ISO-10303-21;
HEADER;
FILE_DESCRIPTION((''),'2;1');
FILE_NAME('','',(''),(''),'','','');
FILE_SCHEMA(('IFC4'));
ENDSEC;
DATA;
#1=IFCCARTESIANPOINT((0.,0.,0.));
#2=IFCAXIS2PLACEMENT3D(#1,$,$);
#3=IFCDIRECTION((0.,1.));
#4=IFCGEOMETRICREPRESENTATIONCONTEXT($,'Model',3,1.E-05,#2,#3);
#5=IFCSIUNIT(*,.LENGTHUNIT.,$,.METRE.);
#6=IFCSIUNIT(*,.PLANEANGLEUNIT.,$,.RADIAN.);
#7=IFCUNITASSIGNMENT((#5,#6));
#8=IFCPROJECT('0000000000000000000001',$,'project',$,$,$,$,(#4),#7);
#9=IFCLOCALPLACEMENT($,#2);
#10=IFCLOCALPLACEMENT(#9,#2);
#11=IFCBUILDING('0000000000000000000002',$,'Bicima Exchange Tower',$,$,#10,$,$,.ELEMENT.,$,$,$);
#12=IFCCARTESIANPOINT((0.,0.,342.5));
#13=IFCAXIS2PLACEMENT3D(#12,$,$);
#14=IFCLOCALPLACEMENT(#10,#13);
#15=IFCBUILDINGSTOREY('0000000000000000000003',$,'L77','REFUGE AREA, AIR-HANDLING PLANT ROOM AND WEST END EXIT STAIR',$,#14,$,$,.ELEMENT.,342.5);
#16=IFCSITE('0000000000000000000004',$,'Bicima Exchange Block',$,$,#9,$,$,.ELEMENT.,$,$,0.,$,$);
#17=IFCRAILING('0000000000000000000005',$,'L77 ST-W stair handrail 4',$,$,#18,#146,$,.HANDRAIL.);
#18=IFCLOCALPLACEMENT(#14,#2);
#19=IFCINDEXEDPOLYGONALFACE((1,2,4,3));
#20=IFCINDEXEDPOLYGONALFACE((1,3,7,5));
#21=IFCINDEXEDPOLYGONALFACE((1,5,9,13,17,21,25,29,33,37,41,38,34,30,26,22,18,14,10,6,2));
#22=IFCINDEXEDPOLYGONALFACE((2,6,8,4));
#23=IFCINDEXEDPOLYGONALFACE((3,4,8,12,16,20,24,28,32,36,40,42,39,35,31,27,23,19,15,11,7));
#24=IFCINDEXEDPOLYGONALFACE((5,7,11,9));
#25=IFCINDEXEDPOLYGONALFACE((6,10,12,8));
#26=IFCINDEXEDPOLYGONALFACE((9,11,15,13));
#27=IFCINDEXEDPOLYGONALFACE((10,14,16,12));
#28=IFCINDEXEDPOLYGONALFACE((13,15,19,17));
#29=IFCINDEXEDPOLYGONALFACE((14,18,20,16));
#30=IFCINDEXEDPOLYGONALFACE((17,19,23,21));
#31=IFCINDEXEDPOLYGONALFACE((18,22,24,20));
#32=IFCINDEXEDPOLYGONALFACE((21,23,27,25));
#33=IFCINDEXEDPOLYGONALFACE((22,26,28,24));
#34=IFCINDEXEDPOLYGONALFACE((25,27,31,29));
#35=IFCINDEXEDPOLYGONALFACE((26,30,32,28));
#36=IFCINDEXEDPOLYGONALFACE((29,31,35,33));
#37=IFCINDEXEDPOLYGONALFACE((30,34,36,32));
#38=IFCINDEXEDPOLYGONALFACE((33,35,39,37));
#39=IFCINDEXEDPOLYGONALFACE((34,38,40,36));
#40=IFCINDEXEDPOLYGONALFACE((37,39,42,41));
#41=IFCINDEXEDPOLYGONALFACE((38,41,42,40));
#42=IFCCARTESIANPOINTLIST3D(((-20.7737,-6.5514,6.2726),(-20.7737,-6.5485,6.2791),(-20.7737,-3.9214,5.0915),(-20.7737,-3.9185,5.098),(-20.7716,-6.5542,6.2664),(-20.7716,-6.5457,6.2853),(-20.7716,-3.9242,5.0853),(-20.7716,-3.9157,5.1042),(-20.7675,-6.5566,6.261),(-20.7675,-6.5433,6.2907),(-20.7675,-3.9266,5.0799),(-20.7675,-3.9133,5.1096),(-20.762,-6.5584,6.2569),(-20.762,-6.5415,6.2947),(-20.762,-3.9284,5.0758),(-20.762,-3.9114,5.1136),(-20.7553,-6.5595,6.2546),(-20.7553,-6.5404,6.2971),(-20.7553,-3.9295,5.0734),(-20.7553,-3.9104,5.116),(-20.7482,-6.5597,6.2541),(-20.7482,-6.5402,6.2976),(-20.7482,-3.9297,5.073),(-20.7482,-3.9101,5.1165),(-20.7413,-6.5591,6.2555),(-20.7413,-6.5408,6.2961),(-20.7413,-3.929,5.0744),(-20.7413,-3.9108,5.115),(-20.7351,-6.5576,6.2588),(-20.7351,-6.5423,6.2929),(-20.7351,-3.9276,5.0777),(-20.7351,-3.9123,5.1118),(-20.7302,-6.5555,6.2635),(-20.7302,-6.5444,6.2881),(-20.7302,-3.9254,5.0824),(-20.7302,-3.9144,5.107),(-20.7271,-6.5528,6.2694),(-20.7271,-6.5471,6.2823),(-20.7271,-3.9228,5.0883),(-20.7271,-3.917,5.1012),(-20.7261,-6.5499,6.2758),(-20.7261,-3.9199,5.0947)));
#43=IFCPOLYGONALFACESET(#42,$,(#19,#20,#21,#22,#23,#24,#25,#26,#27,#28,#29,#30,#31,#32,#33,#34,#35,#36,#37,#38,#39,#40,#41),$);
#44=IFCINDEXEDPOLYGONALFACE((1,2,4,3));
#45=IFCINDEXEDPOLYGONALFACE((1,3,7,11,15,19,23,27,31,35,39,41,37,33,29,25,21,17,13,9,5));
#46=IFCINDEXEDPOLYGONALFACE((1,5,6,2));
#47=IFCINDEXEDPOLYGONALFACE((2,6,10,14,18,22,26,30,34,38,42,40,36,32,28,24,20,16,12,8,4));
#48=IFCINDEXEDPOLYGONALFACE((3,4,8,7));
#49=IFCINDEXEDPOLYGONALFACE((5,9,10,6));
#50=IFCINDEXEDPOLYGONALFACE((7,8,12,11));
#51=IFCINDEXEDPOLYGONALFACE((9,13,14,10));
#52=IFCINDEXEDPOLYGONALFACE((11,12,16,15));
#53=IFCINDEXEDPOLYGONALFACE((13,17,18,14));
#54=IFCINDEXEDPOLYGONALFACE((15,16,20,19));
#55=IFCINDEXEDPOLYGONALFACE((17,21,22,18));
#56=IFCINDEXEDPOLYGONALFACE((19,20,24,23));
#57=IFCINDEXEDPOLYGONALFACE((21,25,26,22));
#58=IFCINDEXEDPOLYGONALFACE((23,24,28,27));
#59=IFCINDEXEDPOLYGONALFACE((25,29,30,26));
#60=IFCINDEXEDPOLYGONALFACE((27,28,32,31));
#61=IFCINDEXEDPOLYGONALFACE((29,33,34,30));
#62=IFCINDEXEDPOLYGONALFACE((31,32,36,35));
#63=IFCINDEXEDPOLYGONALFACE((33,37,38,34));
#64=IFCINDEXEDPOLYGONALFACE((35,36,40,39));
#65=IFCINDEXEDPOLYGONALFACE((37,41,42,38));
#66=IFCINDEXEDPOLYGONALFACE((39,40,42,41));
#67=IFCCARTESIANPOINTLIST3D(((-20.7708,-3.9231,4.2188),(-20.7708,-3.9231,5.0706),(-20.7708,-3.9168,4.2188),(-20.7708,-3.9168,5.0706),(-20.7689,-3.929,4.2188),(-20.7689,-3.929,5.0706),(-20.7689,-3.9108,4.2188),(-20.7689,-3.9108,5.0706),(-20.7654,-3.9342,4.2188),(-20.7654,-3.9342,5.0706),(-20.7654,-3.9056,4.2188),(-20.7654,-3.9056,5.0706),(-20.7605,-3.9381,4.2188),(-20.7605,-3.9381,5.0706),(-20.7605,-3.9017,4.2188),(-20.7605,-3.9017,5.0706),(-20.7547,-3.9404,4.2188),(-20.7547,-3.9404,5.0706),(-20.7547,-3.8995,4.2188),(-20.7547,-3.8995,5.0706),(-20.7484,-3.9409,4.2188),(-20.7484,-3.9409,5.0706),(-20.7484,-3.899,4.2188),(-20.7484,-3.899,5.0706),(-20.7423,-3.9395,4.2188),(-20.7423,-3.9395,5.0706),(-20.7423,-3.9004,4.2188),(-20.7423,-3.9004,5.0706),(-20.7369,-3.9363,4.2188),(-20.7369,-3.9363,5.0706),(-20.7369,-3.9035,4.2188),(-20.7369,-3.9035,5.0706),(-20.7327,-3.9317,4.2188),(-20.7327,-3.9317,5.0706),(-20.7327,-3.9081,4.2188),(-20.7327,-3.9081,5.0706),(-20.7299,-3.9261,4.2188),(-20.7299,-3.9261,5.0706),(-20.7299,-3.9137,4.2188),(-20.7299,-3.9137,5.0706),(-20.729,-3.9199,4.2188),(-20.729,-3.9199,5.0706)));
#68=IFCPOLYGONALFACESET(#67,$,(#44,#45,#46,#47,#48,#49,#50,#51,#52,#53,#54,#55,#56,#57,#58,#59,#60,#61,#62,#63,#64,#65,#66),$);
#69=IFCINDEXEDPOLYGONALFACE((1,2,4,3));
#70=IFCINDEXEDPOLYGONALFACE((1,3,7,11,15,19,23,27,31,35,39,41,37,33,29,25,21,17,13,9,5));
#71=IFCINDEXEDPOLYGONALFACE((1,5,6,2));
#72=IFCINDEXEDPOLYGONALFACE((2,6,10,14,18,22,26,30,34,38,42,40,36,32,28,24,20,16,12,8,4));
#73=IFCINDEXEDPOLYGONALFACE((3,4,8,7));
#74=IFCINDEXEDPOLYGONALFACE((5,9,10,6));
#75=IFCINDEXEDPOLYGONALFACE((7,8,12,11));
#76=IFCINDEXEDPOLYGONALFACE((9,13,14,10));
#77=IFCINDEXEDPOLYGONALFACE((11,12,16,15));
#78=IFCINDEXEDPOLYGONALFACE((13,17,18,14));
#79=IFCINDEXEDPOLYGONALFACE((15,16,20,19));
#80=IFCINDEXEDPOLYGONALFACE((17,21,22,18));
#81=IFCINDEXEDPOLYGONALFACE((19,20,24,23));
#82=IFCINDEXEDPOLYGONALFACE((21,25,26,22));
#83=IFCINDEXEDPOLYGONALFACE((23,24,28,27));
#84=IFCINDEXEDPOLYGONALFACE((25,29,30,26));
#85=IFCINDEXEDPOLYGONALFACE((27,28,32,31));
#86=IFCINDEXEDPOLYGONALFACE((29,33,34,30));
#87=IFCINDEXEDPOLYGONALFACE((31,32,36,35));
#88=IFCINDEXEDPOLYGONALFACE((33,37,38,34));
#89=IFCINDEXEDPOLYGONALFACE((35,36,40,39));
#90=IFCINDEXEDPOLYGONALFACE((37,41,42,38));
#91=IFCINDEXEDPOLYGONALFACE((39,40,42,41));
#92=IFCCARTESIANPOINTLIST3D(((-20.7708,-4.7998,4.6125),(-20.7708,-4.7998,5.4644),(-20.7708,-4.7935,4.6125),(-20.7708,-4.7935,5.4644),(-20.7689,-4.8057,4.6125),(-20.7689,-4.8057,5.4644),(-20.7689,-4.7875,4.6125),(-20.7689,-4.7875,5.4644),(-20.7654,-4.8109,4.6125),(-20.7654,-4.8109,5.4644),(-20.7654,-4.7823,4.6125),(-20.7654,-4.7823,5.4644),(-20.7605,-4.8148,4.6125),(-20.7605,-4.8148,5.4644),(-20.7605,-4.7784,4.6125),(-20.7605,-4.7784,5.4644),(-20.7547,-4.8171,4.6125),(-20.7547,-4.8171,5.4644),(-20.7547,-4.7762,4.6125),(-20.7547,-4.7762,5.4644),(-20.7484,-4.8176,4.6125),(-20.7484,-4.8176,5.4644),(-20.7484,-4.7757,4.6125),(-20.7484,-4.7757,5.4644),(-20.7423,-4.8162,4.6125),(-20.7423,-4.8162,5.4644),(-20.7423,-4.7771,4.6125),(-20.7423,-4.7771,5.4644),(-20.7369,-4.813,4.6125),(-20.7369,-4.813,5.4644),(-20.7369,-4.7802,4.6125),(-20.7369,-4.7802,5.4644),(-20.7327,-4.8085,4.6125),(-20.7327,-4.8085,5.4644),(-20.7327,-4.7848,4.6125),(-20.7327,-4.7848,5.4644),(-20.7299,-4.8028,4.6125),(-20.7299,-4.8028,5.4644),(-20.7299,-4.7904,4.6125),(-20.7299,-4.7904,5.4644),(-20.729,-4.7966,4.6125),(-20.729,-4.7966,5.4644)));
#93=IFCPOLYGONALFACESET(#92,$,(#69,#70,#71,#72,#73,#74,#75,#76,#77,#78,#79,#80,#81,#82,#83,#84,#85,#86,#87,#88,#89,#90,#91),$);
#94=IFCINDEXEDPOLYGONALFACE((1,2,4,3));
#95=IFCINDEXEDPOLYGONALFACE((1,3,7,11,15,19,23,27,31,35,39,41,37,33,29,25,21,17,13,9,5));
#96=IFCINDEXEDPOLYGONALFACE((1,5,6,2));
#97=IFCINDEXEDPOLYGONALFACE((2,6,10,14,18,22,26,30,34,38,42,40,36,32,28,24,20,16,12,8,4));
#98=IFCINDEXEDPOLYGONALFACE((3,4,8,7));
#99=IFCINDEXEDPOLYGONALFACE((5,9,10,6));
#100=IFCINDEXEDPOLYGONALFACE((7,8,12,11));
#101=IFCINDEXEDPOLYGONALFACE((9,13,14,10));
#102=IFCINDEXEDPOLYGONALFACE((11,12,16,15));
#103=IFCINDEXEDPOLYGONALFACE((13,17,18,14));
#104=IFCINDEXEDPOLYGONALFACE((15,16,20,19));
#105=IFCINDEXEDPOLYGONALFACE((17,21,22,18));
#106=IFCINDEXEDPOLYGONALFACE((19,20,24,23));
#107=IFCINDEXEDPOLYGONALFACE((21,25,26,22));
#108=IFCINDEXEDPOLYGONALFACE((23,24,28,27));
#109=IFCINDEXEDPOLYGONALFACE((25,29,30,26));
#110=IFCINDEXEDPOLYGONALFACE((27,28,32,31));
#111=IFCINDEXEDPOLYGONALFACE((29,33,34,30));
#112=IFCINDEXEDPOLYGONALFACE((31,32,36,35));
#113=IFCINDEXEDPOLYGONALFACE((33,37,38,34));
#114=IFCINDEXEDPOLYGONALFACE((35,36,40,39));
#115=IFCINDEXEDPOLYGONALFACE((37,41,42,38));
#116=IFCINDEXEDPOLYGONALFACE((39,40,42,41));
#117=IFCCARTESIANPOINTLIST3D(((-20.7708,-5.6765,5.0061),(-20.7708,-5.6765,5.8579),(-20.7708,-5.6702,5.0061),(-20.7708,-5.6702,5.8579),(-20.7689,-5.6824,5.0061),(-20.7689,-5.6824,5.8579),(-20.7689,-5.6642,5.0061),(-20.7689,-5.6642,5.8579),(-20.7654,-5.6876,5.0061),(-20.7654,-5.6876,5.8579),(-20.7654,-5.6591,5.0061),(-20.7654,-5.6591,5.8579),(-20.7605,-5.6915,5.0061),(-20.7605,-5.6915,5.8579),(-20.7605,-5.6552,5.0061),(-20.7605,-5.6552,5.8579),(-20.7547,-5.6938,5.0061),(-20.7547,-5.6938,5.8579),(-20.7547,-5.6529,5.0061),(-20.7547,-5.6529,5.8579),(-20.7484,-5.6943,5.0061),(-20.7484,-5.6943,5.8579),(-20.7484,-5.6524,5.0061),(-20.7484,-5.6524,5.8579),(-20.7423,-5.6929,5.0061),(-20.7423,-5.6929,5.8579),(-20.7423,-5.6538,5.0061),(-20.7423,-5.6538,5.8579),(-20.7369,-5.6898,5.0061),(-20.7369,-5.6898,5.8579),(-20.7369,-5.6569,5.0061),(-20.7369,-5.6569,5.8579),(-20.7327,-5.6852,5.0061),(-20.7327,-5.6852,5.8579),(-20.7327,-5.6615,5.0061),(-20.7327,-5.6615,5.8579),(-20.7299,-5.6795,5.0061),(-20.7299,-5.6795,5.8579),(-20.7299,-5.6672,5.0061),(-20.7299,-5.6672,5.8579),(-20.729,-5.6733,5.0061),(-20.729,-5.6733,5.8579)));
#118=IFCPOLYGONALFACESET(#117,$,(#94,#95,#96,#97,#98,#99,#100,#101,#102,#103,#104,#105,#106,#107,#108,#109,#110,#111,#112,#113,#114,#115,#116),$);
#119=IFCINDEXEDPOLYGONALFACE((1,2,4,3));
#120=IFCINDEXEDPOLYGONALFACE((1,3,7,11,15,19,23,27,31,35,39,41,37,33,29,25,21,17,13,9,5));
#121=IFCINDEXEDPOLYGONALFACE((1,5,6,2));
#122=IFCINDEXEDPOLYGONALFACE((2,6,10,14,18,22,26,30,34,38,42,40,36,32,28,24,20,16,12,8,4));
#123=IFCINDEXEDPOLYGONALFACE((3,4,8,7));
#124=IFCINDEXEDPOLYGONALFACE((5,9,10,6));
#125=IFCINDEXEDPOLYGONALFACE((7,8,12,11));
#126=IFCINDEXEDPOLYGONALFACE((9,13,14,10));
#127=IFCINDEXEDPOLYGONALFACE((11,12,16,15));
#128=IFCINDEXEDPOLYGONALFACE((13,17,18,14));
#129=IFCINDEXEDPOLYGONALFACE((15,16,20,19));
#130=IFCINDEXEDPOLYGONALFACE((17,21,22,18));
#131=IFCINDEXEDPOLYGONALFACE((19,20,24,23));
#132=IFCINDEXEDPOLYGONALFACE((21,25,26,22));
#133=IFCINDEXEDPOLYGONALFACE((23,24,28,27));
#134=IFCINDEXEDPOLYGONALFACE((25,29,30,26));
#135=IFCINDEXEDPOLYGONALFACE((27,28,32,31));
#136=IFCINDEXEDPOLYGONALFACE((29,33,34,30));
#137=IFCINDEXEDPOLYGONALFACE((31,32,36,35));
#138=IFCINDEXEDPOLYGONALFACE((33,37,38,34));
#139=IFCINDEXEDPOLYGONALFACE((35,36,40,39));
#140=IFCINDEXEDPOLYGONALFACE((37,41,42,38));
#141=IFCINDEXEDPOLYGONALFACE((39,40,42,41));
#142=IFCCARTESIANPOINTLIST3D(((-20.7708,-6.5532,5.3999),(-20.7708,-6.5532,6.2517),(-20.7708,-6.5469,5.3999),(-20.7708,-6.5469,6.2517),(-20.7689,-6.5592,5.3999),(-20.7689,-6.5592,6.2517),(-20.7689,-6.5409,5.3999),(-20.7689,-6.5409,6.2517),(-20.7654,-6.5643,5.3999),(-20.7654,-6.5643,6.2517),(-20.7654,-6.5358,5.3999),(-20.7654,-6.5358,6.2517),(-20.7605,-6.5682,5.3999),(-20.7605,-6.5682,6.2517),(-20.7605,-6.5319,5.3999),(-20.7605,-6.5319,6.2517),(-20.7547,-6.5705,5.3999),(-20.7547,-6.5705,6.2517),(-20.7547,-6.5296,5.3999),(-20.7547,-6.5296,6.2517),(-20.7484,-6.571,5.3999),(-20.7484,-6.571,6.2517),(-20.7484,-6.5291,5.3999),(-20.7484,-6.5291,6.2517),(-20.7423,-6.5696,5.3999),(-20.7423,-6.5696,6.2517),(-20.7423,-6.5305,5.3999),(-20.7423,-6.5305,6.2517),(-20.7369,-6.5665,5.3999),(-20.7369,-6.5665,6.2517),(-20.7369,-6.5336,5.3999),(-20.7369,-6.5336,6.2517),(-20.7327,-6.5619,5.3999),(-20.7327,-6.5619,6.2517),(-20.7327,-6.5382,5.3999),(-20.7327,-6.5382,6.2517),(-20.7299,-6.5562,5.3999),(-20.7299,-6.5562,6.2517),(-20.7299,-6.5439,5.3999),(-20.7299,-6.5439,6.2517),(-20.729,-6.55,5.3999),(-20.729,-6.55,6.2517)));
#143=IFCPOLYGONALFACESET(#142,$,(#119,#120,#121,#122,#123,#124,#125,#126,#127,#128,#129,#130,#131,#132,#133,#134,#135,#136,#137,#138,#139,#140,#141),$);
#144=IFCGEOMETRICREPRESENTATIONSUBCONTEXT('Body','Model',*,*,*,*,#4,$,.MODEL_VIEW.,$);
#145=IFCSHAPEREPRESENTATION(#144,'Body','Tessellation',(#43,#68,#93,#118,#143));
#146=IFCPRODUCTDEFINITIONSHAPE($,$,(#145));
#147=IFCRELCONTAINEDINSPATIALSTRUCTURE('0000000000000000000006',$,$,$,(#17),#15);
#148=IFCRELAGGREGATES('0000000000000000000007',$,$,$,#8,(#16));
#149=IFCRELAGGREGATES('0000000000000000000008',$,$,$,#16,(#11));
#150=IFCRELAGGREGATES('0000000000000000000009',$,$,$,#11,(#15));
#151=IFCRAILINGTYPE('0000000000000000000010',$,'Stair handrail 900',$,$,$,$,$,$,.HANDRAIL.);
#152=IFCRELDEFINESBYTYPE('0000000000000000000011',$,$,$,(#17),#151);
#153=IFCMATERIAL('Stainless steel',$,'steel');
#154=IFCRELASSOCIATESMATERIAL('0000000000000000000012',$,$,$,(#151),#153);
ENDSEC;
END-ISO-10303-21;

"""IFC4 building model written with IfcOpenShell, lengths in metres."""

from ifc_helpers import new_model, si_unit, direction, frame, origin, origin_2d, place, context, subcontext, project, spatial, circle, extrude, material, type_object, element, save


model = new_model("IFC4")

# Units and contexts
model_context = context("Model", 3, precision=1e-05, world=origin(), true_north=direction((0.0, 1.0)))
body_context = subcontext(model_context, "Body", "Model", "MODEL_VIEW")
ifc_project = project(units=[si_unit("LENGTHUNIT", "METRE"), si_unit("PLANEANGLEUNIT", "RADIAN")], contexts=[model_context])

# Site, building, storey
site_placement = place(None, origin())
site = spatial("IfcSite", under=ifc_project, at=site_placement, Name="Bicima Exchange Block", CompositionType="ELEMENT", RefElevation=0.0)
building_placement = place(site_placement, origin())
building = spatial("IfcBuilding", under=site, at=building_placement, Name="Bicima Exchange Tower", CompositionType="ELEMENT")
storey_placement = place(building_placement, frame((0.0, 0.0, 342.5)))
storey = spatial("IfcBuildingStorey", under=building, at=storey_placement, Name="L77", Description="REFUGE AREA, AIR-HANDLING PLANT ROOM AND WEST END EXIT STAIR", CompositionType="ELEMENT", Elevation=342.5)

# Shared definitions
ifc_material_1 = material(Name="Stainless steel", Category="steel")

# Railing
railing_type_1 = type_object("IfcRailingType", Name="Stair handrail 900", PredefinedType="HANDRAIL", material=ifc_material_1)
railing_1_placement = place(storey_placement, frame((-20.75, -3.9199, 4.2188)))
element("IfcRailing", 1, at=railing_1_placement, inside=storey, type_object=railing_type_1, Name="L77 ST-W stair handrail 4", PredefinedType="HANDRAIL", context=body_context, shape_type="SweptSolid", body=[
    extrude(circle(Radius=0.0239, at=origin_2d()), frame((0.0, 0.0, 0.876), z_axis=(0.0, -0.912233, 0.409671), x_axis=(1.0, 0.0, 0.0)), (0.0, 0.0, 1.0), 2.8831),
    extrude(circle(Radius=0.021, at=origin_2d()), origin(), (0.0, 0.0, 1.0), 0.8518),
    extrude(circle(Radius=0.021, at=origin_2d()), frame((0.0, -0.8767, 0.3938)), (0.0, 0.0, 1.0), 0.8518),
    extrude(circle(Radius=0.021, at=origin_2d()), frame((0.0, -1.7534, 0.7874)), (0.0, 0.0, 1.0), 0.8518),
    extrude(circle(Radius=0.021, at=origin_2d()), frame((0.0, -2.6301, 1.1812)), (0.0, 0.0, 1.0), 0.8518),
])

save(model, "model.ifc")
